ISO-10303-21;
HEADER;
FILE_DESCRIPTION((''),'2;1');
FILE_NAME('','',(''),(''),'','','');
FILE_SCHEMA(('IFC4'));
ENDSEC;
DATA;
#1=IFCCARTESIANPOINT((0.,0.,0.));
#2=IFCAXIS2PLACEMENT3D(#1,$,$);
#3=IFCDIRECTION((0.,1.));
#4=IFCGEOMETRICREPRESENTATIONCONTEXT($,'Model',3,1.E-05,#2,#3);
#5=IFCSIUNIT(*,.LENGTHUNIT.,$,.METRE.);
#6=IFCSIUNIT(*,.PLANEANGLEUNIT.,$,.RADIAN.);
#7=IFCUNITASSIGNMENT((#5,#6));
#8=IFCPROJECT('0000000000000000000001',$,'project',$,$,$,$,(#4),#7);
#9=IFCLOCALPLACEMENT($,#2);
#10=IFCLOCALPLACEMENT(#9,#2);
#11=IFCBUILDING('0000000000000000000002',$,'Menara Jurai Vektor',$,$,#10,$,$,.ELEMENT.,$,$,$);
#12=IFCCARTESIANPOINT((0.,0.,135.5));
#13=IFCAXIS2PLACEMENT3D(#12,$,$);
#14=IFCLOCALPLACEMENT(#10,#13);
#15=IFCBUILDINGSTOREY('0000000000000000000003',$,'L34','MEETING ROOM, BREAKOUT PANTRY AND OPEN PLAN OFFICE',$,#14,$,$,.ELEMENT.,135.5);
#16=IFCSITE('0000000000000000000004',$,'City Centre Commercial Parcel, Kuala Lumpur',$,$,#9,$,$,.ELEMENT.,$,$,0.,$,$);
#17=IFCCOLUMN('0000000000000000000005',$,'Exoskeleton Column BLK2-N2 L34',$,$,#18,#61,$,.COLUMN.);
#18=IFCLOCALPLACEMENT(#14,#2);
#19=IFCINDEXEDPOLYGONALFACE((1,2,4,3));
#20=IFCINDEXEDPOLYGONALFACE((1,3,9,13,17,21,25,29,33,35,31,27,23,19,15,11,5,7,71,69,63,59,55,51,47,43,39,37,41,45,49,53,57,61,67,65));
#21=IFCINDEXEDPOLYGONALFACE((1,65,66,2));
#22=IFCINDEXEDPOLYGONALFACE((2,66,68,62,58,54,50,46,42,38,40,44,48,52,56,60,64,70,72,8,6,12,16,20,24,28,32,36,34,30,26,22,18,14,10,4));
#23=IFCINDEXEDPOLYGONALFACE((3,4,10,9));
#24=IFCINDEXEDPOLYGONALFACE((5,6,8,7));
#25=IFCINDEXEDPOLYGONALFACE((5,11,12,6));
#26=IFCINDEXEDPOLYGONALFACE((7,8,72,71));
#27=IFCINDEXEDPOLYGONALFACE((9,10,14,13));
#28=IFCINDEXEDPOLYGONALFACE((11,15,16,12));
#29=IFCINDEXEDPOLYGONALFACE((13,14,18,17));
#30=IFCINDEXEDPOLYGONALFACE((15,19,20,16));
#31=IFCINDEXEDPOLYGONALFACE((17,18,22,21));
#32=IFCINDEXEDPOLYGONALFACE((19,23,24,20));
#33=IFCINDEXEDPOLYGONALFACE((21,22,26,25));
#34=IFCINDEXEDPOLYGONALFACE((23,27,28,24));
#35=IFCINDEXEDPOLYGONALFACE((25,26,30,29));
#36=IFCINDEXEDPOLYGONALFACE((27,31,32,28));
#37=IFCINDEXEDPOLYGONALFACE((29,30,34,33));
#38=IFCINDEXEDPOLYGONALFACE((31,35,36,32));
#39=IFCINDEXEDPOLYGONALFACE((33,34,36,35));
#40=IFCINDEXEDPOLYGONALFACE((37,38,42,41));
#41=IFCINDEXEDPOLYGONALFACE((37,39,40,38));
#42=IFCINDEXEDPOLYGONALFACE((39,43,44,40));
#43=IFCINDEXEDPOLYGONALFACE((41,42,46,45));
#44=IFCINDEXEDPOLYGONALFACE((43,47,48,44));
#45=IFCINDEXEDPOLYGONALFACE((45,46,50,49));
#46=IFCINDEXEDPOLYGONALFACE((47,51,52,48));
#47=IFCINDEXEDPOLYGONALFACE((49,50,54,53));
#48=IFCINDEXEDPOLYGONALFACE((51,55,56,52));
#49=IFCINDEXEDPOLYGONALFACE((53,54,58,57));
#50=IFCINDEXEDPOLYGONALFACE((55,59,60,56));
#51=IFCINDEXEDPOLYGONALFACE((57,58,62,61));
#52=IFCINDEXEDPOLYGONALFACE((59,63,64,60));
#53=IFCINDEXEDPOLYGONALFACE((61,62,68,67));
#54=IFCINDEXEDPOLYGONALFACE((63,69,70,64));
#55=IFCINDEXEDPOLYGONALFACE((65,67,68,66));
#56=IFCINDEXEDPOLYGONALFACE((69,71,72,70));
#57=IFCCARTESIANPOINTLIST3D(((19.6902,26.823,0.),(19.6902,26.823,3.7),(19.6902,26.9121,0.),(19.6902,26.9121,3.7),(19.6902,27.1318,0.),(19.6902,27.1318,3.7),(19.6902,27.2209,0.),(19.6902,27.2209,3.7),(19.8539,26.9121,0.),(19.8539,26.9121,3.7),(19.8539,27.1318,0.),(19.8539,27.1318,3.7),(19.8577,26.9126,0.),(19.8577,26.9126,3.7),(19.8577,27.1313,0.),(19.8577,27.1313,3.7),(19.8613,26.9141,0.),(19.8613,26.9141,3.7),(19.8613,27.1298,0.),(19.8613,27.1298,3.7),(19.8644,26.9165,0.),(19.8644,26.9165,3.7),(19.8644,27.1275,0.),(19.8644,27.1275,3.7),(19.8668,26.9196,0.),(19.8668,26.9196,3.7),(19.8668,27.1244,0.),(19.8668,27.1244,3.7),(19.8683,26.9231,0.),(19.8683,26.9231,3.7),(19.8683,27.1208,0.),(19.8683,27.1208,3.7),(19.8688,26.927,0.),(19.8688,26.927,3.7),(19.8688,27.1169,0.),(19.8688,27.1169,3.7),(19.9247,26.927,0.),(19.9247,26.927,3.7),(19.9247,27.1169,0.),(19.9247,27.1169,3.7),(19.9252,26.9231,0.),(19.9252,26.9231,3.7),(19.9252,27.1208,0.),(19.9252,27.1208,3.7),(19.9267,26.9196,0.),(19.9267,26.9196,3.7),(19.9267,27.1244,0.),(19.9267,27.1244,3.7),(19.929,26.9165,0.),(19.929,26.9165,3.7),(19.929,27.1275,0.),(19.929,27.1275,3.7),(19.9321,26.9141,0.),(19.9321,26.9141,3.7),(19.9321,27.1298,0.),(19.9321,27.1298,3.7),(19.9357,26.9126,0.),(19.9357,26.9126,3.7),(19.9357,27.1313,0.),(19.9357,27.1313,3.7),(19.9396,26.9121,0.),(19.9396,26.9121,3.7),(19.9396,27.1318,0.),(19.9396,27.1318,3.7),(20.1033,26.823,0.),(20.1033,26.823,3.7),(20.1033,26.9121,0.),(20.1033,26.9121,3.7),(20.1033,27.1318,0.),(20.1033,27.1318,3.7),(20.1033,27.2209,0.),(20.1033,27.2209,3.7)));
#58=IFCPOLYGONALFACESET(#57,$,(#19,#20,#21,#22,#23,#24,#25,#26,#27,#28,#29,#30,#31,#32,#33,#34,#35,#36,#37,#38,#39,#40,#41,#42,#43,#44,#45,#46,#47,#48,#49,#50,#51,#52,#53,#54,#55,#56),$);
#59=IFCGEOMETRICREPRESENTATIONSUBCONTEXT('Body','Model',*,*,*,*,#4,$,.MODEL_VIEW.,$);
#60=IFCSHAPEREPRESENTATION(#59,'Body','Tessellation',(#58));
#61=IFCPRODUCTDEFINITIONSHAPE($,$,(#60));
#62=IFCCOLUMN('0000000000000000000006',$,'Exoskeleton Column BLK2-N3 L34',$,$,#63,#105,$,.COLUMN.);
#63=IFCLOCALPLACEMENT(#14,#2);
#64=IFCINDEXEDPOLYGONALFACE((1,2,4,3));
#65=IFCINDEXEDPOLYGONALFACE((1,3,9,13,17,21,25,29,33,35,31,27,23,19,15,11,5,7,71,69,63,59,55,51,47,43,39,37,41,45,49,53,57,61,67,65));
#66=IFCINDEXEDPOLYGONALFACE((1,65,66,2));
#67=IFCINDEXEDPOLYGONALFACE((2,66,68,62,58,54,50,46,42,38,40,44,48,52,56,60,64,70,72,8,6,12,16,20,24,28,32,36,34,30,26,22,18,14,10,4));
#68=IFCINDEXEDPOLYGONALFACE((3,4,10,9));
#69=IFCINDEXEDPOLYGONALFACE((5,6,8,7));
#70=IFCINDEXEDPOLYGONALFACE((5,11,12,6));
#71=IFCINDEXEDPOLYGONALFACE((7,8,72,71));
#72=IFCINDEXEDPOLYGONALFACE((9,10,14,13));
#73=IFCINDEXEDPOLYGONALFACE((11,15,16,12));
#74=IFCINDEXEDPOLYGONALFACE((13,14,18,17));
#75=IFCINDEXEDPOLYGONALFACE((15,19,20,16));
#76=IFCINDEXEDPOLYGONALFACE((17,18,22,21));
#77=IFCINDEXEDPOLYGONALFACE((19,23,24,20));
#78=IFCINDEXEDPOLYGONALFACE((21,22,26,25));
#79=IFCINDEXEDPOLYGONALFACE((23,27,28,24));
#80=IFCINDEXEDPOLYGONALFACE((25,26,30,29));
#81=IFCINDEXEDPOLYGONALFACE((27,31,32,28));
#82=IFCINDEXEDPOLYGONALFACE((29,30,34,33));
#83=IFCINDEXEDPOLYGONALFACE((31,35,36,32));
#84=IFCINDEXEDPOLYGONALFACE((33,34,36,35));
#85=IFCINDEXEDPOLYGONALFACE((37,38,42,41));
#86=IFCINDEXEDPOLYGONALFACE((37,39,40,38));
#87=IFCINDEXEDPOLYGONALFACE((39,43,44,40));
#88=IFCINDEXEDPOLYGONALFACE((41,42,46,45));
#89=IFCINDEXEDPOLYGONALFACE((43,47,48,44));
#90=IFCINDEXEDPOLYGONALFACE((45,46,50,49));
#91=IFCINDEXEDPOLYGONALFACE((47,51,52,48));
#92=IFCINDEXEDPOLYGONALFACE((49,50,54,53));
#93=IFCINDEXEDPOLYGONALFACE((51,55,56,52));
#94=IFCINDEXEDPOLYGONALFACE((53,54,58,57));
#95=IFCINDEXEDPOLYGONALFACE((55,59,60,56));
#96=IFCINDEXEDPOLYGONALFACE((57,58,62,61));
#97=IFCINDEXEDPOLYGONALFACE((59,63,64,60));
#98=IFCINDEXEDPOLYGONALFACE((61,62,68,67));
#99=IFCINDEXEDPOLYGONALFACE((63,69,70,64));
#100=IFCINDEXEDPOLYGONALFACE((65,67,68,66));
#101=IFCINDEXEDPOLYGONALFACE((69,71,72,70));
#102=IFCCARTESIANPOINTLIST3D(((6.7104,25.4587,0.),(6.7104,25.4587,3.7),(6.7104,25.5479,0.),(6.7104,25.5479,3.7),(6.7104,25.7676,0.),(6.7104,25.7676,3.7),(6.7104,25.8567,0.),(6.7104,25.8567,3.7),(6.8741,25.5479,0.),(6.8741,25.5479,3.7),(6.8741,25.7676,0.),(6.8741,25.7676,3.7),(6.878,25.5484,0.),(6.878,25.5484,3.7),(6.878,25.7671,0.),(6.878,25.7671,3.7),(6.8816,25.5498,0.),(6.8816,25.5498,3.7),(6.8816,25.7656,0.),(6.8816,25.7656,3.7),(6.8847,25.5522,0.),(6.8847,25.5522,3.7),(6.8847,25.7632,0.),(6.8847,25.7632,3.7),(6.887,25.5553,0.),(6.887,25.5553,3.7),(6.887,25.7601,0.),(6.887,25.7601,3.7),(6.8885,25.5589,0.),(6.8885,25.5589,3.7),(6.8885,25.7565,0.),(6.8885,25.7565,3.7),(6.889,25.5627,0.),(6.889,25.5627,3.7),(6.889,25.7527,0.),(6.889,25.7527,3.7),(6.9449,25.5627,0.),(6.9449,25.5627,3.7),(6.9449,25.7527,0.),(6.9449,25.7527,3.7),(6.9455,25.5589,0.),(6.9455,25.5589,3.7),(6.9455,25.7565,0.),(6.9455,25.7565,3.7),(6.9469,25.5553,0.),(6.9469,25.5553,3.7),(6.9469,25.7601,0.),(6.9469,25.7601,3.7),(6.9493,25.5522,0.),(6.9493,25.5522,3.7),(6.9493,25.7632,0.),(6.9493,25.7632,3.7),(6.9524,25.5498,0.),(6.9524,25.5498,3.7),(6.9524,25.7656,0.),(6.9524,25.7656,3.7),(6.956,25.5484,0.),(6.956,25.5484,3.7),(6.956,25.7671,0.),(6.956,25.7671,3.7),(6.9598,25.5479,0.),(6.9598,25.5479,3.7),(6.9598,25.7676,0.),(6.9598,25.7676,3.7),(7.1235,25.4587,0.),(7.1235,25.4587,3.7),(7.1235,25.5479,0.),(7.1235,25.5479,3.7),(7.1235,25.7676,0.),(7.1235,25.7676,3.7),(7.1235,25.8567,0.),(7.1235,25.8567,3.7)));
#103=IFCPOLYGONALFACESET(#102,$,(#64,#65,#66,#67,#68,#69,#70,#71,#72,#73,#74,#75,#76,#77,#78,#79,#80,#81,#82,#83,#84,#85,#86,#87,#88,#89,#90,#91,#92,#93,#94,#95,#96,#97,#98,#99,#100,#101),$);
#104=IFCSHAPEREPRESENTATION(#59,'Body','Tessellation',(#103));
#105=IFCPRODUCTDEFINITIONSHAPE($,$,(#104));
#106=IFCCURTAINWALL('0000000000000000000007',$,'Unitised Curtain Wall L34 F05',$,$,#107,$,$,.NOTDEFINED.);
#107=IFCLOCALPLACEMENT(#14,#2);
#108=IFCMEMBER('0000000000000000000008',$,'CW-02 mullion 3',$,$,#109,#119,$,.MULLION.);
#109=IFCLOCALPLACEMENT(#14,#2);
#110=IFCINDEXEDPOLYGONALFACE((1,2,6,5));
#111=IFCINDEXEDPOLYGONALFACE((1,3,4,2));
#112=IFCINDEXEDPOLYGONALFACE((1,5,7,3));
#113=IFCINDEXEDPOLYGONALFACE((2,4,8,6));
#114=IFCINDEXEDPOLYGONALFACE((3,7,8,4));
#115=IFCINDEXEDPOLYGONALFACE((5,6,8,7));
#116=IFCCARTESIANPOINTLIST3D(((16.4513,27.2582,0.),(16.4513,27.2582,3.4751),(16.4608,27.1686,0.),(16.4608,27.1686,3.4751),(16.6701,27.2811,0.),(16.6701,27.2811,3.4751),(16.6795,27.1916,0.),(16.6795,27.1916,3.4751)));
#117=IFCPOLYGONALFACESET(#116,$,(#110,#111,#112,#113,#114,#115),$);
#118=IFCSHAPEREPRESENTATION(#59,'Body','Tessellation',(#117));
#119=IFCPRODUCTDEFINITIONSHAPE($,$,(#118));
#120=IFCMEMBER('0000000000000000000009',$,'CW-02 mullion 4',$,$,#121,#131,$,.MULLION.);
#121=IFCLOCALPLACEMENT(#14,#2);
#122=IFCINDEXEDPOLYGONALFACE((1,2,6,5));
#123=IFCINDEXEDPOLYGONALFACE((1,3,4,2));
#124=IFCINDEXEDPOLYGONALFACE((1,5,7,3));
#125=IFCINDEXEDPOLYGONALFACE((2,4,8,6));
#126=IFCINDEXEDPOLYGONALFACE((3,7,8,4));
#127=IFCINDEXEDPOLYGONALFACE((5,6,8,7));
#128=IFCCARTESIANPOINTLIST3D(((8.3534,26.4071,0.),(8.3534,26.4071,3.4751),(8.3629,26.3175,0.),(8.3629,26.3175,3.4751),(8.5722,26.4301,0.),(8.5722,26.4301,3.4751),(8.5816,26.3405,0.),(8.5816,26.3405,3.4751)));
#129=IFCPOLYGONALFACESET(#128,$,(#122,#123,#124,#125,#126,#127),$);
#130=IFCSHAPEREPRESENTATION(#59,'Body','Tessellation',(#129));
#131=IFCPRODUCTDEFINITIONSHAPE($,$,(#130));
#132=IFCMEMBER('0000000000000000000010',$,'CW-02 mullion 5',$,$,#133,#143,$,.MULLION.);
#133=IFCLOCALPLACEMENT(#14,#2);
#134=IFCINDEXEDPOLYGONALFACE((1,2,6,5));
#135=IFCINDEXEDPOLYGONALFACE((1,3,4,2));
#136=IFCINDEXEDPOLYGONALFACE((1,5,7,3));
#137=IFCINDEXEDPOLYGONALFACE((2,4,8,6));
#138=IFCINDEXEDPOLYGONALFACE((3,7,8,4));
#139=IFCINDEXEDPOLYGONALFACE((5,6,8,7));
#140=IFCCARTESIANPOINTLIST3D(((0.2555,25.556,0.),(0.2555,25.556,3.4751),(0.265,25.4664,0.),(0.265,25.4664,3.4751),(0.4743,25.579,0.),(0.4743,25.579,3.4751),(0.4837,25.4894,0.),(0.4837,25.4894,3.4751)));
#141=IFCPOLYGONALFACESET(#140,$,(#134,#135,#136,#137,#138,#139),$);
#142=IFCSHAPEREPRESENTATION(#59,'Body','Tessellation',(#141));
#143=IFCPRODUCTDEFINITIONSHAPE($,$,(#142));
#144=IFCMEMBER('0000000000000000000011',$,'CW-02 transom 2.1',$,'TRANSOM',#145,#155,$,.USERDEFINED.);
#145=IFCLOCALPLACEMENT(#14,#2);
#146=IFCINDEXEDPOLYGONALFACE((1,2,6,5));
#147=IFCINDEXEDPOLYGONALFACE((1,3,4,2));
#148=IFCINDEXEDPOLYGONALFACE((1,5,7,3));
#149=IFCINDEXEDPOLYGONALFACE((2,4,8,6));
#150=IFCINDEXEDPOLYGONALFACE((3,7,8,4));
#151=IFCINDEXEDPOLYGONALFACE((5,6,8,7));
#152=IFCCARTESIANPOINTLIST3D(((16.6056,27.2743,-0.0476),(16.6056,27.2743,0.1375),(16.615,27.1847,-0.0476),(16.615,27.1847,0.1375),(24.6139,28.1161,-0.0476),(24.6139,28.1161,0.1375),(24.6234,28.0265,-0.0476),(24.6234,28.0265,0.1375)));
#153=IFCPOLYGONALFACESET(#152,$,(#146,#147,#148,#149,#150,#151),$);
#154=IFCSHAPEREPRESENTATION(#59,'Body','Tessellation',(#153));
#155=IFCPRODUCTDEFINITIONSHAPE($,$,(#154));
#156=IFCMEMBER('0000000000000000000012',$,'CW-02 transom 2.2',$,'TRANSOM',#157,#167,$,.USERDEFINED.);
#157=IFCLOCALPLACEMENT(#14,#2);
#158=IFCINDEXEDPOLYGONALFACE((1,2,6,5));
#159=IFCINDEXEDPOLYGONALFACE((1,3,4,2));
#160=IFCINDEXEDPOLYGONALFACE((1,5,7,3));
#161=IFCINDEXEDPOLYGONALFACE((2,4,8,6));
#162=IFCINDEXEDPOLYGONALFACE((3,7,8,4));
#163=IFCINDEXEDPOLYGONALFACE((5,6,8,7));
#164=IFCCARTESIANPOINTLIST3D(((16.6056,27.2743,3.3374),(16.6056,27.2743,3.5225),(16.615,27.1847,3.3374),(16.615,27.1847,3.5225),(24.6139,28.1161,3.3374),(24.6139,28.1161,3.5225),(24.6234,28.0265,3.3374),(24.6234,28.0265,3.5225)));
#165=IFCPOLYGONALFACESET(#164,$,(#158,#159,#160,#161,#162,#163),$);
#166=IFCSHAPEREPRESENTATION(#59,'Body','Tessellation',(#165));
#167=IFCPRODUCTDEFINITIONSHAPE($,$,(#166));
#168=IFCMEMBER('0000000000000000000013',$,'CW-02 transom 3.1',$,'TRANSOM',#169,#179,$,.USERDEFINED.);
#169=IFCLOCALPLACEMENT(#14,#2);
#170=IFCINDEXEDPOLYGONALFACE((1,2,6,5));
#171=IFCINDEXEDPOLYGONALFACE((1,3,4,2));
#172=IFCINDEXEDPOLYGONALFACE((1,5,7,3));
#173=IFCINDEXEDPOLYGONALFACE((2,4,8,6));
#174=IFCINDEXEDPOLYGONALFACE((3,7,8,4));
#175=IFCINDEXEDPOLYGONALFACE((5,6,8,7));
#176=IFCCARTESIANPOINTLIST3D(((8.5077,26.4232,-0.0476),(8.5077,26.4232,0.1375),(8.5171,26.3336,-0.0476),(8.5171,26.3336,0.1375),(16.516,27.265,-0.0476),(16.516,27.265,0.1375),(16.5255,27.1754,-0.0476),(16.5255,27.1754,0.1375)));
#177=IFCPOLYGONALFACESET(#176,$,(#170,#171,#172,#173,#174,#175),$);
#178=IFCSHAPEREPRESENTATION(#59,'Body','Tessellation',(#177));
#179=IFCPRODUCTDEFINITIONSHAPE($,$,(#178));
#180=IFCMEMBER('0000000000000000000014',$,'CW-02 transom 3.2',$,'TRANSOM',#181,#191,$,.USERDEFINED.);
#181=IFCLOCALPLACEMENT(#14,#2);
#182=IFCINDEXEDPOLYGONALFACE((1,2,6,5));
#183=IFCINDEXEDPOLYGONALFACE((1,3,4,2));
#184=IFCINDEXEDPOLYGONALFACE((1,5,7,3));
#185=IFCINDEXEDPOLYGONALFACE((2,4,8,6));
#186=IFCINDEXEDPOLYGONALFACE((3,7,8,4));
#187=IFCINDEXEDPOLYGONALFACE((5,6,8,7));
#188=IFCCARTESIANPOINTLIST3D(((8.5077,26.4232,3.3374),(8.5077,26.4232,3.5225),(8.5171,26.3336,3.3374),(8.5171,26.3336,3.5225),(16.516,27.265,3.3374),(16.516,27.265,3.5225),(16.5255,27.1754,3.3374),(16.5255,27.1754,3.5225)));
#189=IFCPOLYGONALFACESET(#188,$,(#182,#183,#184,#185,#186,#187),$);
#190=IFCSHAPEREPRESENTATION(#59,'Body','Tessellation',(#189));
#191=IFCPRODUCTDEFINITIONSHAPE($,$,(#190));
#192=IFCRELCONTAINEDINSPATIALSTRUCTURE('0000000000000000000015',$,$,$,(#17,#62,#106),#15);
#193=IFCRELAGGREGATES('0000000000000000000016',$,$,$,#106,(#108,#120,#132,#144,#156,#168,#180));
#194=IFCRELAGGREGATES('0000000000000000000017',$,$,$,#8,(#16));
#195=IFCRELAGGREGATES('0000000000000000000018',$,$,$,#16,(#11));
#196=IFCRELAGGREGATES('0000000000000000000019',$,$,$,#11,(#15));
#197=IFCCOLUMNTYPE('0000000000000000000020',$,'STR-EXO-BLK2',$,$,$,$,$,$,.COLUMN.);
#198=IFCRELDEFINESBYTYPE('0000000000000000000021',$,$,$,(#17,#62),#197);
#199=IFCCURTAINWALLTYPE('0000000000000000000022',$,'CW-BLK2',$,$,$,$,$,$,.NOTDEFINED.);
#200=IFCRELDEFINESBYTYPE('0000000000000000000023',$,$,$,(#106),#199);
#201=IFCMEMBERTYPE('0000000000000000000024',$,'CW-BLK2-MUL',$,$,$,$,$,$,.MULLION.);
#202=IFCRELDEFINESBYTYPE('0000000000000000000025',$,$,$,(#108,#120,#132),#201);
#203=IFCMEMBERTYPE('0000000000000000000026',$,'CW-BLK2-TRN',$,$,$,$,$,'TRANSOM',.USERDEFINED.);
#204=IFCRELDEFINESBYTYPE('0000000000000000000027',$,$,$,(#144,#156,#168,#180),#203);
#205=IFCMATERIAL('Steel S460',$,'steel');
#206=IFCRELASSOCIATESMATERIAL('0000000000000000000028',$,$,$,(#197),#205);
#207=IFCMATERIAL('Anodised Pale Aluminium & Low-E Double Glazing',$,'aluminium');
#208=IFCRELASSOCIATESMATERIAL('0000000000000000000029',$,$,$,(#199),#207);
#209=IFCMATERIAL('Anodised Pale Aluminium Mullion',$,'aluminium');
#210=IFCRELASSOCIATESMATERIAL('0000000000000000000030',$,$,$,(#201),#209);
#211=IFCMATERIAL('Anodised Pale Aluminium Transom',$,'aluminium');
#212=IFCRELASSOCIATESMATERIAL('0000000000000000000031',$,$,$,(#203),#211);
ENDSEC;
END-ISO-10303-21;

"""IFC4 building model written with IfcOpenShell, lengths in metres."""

from ifc_helpers import new_model, si_unit, direction, frame, origin, origin_2d, place, context, subcontext, project, spatial, rectangle, i_section, extrude, material, material_profile, profile_set, type_object, element, aggregate, save


model = new_model("IFC4")

# Units and contexts
model_context = context("Model", 3, precision=1e-05, world=origin(), true_north=direction((0.0, 1.0)))
body_context = subcontext(model_context, "Body", "Model", "MODEL_VIEW")
ifc_project = project(units=[si_unit("LENGTHUNIT", "METRE"), si_unit("PLANEANGLEUNIT", "RADIAN")], contexts=[model_context])

# Site, building, storey
site_placement = place(None, origin())
site = spatial("IfcSite", under=ifc_project, at=site_placement, Name="City Centre Commercial Parcel, Kuala Lumpur", CompositionType="ELEMENT", RefElevation=0.0)
building_placement = place(site_placement, origin())
building = spatial("IfcBuilding", under=site, at=building_placement, Name="Menara Jurai Vektor", CompositionType="ELEMENT")
storey_placement = place(building_placement, frame((0.0, 0.0, 135.5)))
storey = spatial("IfcBuildingStorey", under=building, at=storey_placement, Name="L34", Description="MEETING ROOM, BREAKOUT PANTRY AND OPEN PLAN OFFICE", CompositionType="ELEMENT", Elevation=135.5)

# Columns
ifc_material_1 = material(Name="Steel S460", Category="steel")
ifc_material_profile_1 = material_profile(ifc_material_1, i_section(OverallWidth=0.4131, OverallDepth=0.3979, WebThickness=0.0559, FlangeThickness=0.0891, FilletRadius=0.0149, at=origin_2d()), Name="HD 400x744")
ifc_profile_set_1 = profile_set([ifc_material_profile_1], Name="Steel S460")
column_type = type_object("IfcColumnType", Name="STR-EXO-BLK2", PredefinedType="COLUMN", material=ifc_profile_set_1)
for number, where, z_axis, x_axis, name in (
    (1, (19.8967, 27.022, 0.0), (0.0, 0.0, 1.0), (1.0, 0.0, 0.0), "Exoskeleton Column BLK2-N2 L34"),
    (2, (6.917, 25.6577, 0.0), (0.0, 0.0, 1.0), (1.0, 0.0, 0.0), "Exoskeleton Column BLK2-N3 L34"),
):
    element("IfcColumn", number, at=place(storey_placement, frame(where, z_axis=z_axis, x_axis=x_axis)), inside=storey, type_object=column_type, Name=name, PredefinedType="COLUMN", context=body_context, shape_type="SweptSolid", body=[
        extrude(i_section(OverallWidth=0.4131, OverallDepth=0.3979, WebThickness=0.0559, FlangeThickness=0.0891, FilletRadius=0.0149, at=origin_2d()), origin(), (0.0, 0.0, 1.0), 3.7),
    ])

# Curtain wall, members
ifc_material_2 = material(Name="Anodised Pale Aluminium & Low-E Double Glazing", Category="aluminium")
curtain_wall_type = type_object("IfcCurtainWallType", Name="CW-BLK2", PredefinedType="NOTDEFINED", material=ifc_material_2)
curtain_wall_placement = place(storey_placement, origin())
curtain_wall = element("IfcCurtainWall", 3, at=curtain_wall_placement, inside=storey, type_object=curtain_wall_type, Name="Unitised Curtain Wall L34 F05", PredefinedType="NOTDEFINED")
ifc_material_3 = material(Name="Anodised Pale Aluminium Mullion", Category="aluminium")
ifc_material_profile_2 = material_profile(ifc_material_3, rectangle(XDim=0.0901, YDim=0.22, at=origin_2d()), Name="ALU MUL 90x220")
ifc_profile_set_2 = profile_set([ifc_material_profile_2], Name="Anodised Pale Aluminium Mullion")
member_type_1 = type_object("IfcMemberType", Name="CW-BLK2-MUL", PredefinedType="MULLION", material=ifc_profile_set_2)
member_1_placement = place(storey_placement, frame((16.5654, 27.2249, 0.0), z_axis=(0.0, 0.0, 1.0), x_axis=(0.104529, -0.994522, 0.0)))
member_1 = element("IfcMember", 4, at=member_1_placement, type_object=member_type_1, Name="CW-02 mullion 3", PredefinedType="MULLION", context=body_context, shape_type="SweptSolid", body=[
    extrude(rectangle(XDim=0.0901, YDim=0.22, at=origin_2d()), origin(), (0.0, 0.0, 1.0), 3.4751),
])
member_2_placement = place(storey_placement, frame((8.4675, 26.3738, 0.0), z_axis=(0.0, 0.0, 1.0), x_axis=(0.104529, -0.994522, 0.0)))
member_2 = element("IfcMember", 5, at=member_2_placement, type_object=member_type_1, Name="CW-02 mullion 4", PredefinedType="MULLION", context=body_context, shape_type="SweptSolid", body=[
    extrude(rectangle(XDim=0.0901, YDim=0.22, at=origin_2d()), origin(), (0.0, 0.0, 1.0), 3.4751),
])
member_3_placement = place(storey_placement, frame((0.3696, 25.5227, 0.0), z_axis=(0.0, 0.0, 1.0), x_axis=(0.104529, -0.994522, 0.0)))
member_3 = element("IfcMember", 6, at=member_3_placement, type_object=member_type_1, Name="CW-02 mullion 5", PredefinedType="MULLION", context=body_context, shape_type="SweptSolid", body=[
    extrude(rectangle(XDim=0.0901, YDim=0.22, at=origin_2d()), origin(), (0.0, 0.0, 1.0), 3.4751),
])
ifc_material_4 = material(Name="Anodised Pale Aluminium Transom", Category="aluminium")
ifc_material_profile_3 = material_profile(ifc_material_4, rectangle(XDim=0.0901, YDim=0.1851, at=origin_2d()), Name="ALU TRN 90x185")
ifc_profile_set_3 = profile_set([ifc_material_profile_3], Name="Anodised Pale Aluminium Transom")
member_type_2 = type_object("IfcMemberType", Name="CW-BLK2-TRN", ElementType="TRANSOM", PredefinedType="USERDEFINED", material=ifc_profile_set_3)
member_4_placement = place(storey_placement, frame((24.6187, 28.0713, 0.0449), z_axis=(-0.994521, -0.10454, 0.0), x_axis=(0.10454, -0.994521, 0.0)))
member_4 = element("IfcMember", 7, at=member_4_placement, type_object=member_type_2, Name="CW-02 transom 2.1", ObjectType="TRANSOM", PredefinedType="USERDEFINED", context=body_context, shape_type="SweptSolid", body=[
    extrude(rectangle(XDim=0.0901, YDim=0.1851, at=origin_2d()), origin(), (0.0, 0.0, 1.0), 8.0525),
])
member_5_placement = place(storey_placement, frame((24.6187, 28.0713, 3.4299), z_axis=(-0.994521, -0.10454, 0.0), x_axis=(0.10454, -0.994521, 0.0)))
member_5 = element("IfcMember", 8, at=member_5_placement, type_object=member_type_2, Name="CW-02 transom 2.2", ObjectType="TRANSOM", PredefinedType="USERDEFINED", context=body_context, shape_type="SweptSolid", body=[
    extrude(rectangle(XDim=0.0901, YDim=0.1851, at=origin_2d()), origin(), (0.0, 0.0, 1.0), 8.0525),
])
member_6_placement = place(storey_placement, frame((16.5208, 27.2202, 0.0449), z_axis=(-0.994521, -0.10454, 0.0), x_axis=(0.10454, -0.994521, 0.0)))
member_6 = element("IfcMember", 9, at=member_6_placement, type_object=member_type_2, Name="CW-02 transom 3.1", ObjectType="TRANSOM", PredefinedType="USERDEFINED", context=body_context, shape_type="SweptSolid", body=[
    extrude(rectangle(XDim=0.0901, YDim=0.1851, at=origin_2d()), origin(), (0.0, 0.0, 1.0), 8.0525),
])
member_7_placement = place(storey_placement, frame((16.5208, 27.2202, 3.4299), z_axis=(-0.994521, -0.10454, 0.0), x_axis=(0.10454, -0.994521, 0.0)))
member_7 = element("IfcMember", 10, at=member_7_placement, type_object=member_type_2, Name="CW-02 transom 3.2", ObjectType="TRANSOM", PredefinedType="USERDEFINED", context=body_context, shape_type="SweptSolid", body=[
    extrude(rectangle(XDim=0.0901, YDim=0.1851, at=origin_2d()), origin(), (0.0, 0.0, 1.0), 8.0525),
])

aggregate(curtain_wall, [member_1, member_2, member_3, member_4, member_5, member_6, member_7])

save(model, "model.ifc")
